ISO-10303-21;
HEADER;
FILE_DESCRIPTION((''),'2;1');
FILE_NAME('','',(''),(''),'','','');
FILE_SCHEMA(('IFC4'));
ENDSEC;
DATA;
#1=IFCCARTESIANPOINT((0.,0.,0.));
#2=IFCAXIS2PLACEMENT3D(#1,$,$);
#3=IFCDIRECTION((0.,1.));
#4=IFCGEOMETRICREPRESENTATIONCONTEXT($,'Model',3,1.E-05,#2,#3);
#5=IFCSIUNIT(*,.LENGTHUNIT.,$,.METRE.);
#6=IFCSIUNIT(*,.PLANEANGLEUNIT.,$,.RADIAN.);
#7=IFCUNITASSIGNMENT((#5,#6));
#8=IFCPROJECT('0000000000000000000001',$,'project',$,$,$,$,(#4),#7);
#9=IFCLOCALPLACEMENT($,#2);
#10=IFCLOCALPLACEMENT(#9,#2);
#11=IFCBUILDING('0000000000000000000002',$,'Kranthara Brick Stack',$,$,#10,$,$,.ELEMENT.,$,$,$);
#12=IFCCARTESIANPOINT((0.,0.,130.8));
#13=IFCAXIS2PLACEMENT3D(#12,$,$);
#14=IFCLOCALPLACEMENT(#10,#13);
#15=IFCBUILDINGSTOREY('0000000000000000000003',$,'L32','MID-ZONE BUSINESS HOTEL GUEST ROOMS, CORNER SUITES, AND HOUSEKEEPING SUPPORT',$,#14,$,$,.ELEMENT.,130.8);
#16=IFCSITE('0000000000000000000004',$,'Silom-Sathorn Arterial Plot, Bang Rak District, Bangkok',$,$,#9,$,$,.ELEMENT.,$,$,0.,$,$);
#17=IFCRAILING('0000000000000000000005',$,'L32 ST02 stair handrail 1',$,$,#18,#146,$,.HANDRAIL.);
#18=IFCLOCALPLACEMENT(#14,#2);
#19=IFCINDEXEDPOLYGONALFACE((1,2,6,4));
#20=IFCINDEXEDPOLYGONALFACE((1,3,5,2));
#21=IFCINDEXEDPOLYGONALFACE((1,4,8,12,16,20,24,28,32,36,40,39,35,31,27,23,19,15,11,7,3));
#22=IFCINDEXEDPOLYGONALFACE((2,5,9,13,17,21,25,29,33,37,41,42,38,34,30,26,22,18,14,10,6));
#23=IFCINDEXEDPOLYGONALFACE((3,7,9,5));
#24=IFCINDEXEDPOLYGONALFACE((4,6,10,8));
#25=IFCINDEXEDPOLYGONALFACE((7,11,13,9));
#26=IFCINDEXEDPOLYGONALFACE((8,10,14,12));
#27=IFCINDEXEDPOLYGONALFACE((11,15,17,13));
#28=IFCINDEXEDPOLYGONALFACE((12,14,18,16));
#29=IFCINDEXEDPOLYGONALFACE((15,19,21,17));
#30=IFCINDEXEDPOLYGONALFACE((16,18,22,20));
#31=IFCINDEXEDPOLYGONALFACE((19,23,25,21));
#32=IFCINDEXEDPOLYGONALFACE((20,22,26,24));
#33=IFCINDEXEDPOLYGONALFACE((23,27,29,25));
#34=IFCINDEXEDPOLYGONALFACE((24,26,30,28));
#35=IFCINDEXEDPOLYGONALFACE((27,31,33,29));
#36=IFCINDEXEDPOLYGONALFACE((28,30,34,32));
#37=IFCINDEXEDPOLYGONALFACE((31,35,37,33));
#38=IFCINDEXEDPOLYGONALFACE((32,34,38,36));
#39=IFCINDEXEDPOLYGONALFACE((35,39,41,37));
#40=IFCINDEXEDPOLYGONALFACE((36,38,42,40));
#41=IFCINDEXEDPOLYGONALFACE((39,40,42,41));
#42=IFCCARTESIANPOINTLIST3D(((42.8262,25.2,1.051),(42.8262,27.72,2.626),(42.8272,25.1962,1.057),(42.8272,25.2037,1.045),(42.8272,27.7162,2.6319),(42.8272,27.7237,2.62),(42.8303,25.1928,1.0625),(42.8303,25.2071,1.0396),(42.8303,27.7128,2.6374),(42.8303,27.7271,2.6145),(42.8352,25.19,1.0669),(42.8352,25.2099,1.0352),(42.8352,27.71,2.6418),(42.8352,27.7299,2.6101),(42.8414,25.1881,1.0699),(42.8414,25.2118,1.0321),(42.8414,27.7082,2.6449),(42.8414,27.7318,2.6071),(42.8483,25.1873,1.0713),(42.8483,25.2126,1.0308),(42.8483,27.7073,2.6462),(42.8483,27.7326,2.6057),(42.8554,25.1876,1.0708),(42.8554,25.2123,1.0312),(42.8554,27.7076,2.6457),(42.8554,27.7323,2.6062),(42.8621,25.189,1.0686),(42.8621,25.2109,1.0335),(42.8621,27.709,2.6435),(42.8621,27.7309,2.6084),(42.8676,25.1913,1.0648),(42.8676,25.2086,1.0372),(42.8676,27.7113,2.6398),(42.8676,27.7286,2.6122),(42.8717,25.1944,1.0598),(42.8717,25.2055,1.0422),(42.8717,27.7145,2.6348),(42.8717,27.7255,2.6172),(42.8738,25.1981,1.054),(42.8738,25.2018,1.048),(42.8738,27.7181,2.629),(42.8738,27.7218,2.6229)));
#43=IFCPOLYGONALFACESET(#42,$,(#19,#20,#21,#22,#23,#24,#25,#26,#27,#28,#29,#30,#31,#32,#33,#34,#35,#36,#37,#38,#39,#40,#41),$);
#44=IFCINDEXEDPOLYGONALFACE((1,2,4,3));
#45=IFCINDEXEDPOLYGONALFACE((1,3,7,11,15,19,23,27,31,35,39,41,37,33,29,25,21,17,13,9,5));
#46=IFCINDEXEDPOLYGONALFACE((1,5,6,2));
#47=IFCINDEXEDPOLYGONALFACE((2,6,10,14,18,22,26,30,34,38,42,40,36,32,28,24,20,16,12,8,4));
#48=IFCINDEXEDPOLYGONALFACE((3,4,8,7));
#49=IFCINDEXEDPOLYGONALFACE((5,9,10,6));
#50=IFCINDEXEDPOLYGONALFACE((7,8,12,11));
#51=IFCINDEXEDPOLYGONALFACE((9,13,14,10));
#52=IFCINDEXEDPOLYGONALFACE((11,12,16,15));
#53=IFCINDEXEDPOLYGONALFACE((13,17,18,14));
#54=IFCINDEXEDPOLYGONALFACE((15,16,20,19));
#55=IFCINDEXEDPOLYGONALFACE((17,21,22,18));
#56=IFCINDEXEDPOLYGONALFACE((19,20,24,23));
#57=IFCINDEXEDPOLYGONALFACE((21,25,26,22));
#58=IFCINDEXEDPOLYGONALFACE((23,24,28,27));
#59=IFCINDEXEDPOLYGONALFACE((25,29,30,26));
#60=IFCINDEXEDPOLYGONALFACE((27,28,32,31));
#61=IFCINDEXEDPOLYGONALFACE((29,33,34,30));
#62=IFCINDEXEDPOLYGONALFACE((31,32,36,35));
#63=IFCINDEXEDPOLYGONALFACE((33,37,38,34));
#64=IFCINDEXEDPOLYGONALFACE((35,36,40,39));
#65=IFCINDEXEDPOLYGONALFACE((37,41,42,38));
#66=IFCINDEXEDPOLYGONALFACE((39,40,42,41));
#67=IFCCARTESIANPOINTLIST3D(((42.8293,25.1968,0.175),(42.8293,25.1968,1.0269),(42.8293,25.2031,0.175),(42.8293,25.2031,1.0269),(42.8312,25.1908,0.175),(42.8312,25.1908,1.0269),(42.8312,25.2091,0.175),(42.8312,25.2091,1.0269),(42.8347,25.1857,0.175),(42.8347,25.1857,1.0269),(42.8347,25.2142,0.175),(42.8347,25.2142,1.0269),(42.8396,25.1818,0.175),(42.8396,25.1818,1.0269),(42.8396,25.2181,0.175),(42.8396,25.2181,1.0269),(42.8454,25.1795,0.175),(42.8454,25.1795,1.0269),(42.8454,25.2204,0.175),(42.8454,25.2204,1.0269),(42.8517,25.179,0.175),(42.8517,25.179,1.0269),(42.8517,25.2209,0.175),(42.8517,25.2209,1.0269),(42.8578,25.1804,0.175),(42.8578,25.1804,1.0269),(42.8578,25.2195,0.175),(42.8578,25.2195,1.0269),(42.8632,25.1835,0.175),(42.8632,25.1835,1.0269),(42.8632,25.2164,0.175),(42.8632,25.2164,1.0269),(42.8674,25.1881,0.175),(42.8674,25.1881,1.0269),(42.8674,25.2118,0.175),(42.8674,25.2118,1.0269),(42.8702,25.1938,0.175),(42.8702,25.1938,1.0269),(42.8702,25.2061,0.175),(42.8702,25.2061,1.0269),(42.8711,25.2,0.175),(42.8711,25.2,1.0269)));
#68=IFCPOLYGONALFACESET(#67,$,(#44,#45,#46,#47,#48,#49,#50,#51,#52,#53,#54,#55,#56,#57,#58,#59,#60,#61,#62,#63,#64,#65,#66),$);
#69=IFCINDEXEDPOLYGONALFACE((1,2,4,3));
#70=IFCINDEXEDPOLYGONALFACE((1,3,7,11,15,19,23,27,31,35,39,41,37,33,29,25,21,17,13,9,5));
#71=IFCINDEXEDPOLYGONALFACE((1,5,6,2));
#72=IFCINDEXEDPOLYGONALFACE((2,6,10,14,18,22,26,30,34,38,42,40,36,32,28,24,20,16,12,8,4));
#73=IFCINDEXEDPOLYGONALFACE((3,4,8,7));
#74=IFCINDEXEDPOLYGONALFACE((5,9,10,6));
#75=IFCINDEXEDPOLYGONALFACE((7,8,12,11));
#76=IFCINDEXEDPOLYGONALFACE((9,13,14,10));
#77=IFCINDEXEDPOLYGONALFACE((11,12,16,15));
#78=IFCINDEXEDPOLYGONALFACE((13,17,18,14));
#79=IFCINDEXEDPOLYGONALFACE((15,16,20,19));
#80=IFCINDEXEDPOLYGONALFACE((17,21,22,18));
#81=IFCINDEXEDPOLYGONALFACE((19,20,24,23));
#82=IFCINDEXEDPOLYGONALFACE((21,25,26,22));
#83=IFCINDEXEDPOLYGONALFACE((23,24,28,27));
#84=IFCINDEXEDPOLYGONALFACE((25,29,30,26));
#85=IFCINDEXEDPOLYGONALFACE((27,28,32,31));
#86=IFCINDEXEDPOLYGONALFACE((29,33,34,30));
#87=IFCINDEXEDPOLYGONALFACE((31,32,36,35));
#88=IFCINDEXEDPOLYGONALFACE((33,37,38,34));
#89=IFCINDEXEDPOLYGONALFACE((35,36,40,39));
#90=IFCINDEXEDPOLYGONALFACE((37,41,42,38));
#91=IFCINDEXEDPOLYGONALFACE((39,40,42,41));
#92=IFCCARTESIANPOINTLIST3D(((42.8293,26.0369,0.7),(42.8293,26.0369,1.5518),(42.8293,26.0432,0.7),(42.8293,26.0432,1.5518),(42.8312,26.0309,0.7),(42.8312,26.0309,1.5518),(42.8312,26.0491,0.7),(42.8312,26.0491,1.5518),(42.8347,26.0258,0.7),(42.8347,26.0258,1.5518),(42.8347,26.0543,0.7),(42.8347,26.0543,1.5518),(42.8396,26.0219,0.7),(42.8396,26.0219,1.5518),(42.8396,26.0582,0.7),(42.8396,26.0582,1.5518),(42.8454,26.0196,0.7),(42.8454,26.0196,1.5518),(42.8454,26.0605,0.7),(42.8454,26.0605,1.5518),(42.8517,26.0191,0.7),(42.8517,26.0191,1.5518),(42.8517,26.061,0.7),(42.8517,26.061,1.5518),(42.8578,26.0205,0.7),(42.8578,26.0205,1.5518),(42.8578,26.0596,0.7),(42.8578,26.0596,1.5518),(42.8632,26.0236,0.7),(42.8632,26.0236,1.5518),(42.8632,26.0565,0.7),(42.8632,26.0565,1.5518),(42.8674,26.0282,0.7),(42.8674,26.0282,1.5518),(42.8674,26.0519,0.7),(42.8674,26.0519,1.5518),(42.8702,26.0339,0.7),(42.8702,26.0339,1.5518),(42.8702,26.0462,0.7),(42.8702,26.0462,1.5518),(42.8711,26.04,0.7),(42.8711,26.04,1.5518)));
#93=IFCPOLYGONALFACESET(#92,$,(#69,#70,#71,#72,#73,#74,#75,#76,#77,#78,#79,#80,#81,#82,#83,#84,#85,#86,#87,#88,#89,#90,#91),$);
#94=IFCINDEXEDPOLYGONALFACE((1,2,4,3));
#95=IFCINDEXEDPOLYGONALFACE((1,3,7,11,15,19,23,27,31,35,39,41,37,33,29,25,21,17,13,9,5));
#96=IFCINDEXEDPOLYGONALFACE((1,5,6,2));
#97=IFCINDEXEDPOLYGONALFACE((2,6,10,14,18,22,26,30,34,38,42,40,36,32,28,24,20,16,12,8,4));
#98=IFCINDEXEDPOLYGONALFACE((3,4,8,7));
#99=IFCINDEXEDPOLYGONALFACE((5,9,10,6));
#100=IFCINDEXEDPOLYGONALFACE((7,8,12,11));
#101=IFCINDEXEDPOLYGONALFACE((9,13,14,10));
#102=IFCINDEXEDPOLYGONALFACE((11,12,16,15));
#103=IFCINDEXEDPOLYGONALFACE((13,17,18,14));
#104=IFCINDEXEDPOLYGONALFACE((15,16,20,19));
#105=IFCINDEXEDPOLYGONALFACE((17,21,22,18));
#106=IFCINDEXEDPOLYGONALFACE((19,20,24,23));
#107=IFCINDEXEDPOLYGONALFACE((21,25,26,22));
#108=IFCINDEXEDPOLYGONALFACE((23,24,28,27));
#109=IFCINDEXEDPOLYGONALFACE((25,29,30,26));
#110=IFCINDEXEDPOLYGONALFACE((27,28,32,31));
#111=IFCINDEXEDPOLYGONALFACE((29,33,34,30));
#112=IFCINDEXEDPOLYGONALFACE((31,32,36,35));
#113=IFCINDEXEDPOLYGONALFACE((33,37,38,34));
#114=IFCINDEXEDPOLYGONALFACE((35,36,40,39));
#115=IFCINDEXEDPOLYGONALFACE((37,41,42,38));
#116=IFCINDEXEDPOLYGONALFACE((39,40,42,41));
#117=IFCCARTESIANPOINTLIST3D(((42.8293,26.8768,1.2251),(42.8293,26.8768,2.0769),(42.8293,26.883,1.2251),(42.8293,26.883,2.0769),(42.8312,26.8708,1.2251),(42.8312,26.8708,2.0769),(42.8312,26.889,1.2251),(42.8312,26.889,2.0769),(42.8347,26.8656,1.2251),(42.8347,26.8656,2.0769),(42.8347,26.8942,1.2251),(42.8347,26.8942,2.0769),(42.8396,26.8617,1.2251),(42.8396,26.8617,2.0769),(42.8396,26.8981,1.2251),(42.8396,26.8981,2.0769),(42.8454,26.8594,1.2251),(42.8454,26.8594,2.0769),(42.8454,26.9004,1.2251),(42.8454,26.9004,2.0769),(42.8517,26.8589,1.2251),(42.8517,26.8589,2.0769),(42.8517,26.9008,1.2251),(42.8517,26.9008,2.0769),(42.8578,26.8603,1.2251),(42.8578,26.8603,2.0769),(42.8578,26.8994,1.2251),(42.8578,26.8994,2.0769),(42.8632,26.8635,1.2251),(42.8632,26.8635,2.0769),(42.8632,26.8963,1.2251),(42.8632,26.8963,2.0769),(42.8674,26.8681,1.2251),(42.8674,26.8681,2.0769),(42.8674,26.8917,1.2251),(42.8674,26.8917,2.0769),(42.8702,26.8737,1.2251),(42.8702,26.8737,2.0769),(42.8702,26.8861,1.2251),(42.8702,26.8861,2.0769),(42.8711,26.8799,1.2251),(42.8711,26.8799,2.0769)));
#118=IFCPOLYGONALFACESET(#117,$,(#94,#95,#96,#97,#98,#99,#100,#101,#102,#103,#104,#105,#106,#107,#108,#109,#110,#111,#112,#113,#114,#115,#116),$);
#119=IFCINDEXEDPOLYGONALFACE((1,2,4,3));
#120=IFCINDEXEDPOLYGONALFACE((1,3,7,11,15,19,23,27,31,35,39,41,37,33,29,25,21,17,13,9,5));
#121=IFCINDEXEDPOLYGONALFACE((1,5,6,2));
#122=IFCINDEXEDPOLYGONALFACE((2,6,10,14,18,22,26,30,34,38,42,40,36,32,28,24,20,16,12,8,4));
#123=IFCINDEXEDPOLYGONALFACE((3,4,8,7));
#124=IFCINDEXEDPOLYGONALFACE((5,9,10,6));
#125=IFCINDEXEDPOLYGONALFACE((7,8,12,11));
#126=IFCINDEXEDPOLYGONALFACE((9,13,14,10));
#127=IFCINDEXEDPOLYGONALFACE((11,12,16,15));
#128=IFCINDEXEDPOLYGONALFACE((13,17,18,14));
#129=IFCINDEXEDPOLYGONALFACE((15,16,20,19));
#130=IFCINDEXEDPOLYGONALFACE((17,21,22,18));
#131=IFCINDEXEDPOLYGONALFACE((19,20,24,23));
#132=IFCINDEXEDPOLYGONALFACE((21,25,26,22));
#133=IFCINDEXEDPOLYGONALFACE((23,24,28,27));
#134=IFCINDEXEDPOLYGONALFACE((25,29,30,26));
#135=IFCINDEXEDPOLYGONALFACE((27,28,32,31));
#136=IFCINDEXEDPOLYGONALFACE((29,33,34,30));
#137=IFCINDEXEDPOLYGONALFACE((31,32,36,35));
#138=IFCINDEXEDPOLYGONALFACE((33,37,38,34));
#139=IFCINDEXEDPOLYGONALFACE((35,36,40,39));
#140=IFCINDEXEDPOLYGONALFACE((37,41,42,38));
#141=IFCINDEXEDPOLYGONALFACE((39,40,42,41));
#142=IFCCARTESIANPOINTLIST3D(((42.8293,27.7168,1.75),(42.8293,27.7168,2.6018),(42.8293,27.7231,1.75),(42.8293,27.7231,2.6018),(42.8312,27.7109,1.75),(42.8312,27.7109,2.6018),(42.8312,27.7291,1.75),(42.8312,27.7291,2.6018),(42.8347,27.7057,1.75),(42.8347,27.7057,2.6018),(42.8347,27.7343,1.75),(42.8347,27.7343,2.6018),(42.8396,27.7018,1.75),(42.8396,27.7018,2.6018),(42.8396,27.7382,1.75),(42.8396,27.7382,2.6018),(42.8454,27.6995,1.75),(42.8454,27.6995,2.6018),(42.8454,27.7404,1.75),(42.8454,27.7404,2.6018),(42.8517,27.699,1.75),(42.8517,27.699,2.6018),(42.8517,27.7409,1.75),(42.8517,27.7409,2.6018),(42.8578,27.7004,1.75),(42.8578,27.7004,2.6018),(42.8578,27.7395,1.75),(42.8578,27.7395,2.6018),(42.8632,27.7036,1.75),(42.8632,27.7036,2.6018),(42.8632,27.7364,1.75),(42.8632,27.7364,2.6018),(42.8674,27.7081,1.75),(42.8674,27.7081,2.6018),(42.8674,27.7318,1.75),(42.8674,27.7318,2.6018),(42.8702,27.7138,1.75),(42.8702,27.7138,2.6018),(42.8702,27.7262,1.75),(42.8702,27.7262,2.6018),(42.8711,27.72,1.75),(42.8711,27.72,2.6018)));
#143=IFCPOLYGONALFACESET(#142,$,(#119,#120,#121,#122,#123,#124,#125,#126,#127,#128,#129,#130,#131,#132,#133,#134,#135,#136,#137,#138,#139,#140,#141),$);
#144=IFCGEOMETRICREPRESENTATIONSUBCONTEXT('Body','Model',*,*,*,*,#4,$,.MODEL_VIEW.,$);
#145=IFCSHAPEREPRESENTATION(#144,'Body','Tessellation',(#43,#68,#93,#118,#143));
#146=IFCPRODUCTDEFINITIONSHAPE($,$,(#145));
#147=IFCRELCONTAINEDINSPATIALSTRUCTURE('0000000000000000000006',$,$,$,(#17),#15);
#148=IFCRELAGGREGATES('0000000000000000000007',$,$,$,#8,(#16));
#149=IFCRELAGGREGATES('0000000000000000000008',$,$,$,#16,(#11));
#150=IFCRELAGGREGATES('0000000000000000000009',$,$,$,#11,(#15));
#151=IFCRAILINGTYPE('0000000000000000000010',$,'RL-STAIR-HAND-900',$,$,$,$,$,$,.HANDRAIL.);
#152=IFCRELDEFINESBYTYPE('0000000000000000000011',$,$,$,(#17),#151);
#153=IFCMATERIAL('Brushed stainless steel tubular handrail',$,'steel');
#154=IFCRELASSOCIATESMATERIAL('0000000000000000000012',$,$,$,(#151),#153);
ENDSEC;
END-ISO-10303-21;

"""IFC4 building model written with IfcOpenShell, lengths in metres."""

from ifc_helpers import new_model, si_unit, direction, frame, origin, origin_2d, place, context, subcontext, project, spatial, circle, extrude, material, type_object, element, save


model = new_model("IFC4")

# Units and contexts
model_context = context("Model", 3, precision=1e-05, world=origin(), true_north=direction((0.0, 1.0)))
body_context = subcontext(model_context, "Body", "Model", "MODEL_VIEW")
ifc_project = project(units=[si_unit("LENGTHUNIT", "METRE"), si_unit("PLANEANGLEUNIT", "RADIAN")], contexts=[model_context])

# Site, building, storey
site_placement = place(None, origin())
site = spatial("IfcSite", under=ifc_project, at=site_placement, Name="Silom-Sathorn Arterial Plot, Bang Rak District, Bangkok", CompositionType="ELEMENT", RefElevation=0.0)
building_placement = place(site_placement, origin())
building = spatial("IfcBuilding", under=site, at=building_placement, Name="Kranthara Brick Stack", CompositionType="ELEMENT")
storey_placement = place(building_placement, frame((0.0, 0.0, 130.8)))
storey = spatial("IfcBuildingStorey", under=building, at=storey_placement, Name="L32", Description="MID-ZONE BUSINESS HOTEL GUEST ROOMS, CORNER SUITES, AND HOUSEKEEPING SUPPORT", CompositionType="ELEMENT", Elevation=130.8)

# Railing
ifc_material_1 = material(Name="Brushed stainless steel tubular handrail", Category="steel")
railing_type_1 = type_object("IfcRailingType", Name="RL-STAIR-HAND-900", PredefinedType="HANDRAIL", material=ifc_material_1)
railing_1_placement = place(storey_placement, frame((42.8501, 25.2, 0.175)))
element("IfcRailing", 1, at=railing_1_placement, inside=storey, type_object=railing_type_1, Name="L32 ST02 stair handrail 1", PredefinedType="HANDRAIL", context=body_context, shape_type="SweptSolid", body=[
    extrude(circle(Radius=0.0239, at=origin_2d()), frame((0.0, 0.0, 0.876), z_axis=(0.0, 0.848008, 0.529984), x_axis=(-1.0, 0.0, 0.0)), (0.0, 0.0, 1.0), 2.9717),
    extrude(circle(Radius=0.021, at=origin_2d()), origin(), (0.0, 0.0, 1.0), 0.8518),
    extrude(circle(Radius=0.021, at=origin_2d()), frame((0.0, 0.8401, 0.5249)), (0.0, 0.0, 1.0), 0.8518),
    extrude(circle(Radius=0.021, at=origin_2d()), frame((0.0, 1.6799, 1.05)), (0.0, 0.0, 1.0), 0.8518),
    extrude(circle(Radius=0.021, at=origin_2d()), frame((0.0, 2.52, 1.575)), (0.0, 0.0, 1.0), 0.8518),
])

save(model, "model.ifc")
